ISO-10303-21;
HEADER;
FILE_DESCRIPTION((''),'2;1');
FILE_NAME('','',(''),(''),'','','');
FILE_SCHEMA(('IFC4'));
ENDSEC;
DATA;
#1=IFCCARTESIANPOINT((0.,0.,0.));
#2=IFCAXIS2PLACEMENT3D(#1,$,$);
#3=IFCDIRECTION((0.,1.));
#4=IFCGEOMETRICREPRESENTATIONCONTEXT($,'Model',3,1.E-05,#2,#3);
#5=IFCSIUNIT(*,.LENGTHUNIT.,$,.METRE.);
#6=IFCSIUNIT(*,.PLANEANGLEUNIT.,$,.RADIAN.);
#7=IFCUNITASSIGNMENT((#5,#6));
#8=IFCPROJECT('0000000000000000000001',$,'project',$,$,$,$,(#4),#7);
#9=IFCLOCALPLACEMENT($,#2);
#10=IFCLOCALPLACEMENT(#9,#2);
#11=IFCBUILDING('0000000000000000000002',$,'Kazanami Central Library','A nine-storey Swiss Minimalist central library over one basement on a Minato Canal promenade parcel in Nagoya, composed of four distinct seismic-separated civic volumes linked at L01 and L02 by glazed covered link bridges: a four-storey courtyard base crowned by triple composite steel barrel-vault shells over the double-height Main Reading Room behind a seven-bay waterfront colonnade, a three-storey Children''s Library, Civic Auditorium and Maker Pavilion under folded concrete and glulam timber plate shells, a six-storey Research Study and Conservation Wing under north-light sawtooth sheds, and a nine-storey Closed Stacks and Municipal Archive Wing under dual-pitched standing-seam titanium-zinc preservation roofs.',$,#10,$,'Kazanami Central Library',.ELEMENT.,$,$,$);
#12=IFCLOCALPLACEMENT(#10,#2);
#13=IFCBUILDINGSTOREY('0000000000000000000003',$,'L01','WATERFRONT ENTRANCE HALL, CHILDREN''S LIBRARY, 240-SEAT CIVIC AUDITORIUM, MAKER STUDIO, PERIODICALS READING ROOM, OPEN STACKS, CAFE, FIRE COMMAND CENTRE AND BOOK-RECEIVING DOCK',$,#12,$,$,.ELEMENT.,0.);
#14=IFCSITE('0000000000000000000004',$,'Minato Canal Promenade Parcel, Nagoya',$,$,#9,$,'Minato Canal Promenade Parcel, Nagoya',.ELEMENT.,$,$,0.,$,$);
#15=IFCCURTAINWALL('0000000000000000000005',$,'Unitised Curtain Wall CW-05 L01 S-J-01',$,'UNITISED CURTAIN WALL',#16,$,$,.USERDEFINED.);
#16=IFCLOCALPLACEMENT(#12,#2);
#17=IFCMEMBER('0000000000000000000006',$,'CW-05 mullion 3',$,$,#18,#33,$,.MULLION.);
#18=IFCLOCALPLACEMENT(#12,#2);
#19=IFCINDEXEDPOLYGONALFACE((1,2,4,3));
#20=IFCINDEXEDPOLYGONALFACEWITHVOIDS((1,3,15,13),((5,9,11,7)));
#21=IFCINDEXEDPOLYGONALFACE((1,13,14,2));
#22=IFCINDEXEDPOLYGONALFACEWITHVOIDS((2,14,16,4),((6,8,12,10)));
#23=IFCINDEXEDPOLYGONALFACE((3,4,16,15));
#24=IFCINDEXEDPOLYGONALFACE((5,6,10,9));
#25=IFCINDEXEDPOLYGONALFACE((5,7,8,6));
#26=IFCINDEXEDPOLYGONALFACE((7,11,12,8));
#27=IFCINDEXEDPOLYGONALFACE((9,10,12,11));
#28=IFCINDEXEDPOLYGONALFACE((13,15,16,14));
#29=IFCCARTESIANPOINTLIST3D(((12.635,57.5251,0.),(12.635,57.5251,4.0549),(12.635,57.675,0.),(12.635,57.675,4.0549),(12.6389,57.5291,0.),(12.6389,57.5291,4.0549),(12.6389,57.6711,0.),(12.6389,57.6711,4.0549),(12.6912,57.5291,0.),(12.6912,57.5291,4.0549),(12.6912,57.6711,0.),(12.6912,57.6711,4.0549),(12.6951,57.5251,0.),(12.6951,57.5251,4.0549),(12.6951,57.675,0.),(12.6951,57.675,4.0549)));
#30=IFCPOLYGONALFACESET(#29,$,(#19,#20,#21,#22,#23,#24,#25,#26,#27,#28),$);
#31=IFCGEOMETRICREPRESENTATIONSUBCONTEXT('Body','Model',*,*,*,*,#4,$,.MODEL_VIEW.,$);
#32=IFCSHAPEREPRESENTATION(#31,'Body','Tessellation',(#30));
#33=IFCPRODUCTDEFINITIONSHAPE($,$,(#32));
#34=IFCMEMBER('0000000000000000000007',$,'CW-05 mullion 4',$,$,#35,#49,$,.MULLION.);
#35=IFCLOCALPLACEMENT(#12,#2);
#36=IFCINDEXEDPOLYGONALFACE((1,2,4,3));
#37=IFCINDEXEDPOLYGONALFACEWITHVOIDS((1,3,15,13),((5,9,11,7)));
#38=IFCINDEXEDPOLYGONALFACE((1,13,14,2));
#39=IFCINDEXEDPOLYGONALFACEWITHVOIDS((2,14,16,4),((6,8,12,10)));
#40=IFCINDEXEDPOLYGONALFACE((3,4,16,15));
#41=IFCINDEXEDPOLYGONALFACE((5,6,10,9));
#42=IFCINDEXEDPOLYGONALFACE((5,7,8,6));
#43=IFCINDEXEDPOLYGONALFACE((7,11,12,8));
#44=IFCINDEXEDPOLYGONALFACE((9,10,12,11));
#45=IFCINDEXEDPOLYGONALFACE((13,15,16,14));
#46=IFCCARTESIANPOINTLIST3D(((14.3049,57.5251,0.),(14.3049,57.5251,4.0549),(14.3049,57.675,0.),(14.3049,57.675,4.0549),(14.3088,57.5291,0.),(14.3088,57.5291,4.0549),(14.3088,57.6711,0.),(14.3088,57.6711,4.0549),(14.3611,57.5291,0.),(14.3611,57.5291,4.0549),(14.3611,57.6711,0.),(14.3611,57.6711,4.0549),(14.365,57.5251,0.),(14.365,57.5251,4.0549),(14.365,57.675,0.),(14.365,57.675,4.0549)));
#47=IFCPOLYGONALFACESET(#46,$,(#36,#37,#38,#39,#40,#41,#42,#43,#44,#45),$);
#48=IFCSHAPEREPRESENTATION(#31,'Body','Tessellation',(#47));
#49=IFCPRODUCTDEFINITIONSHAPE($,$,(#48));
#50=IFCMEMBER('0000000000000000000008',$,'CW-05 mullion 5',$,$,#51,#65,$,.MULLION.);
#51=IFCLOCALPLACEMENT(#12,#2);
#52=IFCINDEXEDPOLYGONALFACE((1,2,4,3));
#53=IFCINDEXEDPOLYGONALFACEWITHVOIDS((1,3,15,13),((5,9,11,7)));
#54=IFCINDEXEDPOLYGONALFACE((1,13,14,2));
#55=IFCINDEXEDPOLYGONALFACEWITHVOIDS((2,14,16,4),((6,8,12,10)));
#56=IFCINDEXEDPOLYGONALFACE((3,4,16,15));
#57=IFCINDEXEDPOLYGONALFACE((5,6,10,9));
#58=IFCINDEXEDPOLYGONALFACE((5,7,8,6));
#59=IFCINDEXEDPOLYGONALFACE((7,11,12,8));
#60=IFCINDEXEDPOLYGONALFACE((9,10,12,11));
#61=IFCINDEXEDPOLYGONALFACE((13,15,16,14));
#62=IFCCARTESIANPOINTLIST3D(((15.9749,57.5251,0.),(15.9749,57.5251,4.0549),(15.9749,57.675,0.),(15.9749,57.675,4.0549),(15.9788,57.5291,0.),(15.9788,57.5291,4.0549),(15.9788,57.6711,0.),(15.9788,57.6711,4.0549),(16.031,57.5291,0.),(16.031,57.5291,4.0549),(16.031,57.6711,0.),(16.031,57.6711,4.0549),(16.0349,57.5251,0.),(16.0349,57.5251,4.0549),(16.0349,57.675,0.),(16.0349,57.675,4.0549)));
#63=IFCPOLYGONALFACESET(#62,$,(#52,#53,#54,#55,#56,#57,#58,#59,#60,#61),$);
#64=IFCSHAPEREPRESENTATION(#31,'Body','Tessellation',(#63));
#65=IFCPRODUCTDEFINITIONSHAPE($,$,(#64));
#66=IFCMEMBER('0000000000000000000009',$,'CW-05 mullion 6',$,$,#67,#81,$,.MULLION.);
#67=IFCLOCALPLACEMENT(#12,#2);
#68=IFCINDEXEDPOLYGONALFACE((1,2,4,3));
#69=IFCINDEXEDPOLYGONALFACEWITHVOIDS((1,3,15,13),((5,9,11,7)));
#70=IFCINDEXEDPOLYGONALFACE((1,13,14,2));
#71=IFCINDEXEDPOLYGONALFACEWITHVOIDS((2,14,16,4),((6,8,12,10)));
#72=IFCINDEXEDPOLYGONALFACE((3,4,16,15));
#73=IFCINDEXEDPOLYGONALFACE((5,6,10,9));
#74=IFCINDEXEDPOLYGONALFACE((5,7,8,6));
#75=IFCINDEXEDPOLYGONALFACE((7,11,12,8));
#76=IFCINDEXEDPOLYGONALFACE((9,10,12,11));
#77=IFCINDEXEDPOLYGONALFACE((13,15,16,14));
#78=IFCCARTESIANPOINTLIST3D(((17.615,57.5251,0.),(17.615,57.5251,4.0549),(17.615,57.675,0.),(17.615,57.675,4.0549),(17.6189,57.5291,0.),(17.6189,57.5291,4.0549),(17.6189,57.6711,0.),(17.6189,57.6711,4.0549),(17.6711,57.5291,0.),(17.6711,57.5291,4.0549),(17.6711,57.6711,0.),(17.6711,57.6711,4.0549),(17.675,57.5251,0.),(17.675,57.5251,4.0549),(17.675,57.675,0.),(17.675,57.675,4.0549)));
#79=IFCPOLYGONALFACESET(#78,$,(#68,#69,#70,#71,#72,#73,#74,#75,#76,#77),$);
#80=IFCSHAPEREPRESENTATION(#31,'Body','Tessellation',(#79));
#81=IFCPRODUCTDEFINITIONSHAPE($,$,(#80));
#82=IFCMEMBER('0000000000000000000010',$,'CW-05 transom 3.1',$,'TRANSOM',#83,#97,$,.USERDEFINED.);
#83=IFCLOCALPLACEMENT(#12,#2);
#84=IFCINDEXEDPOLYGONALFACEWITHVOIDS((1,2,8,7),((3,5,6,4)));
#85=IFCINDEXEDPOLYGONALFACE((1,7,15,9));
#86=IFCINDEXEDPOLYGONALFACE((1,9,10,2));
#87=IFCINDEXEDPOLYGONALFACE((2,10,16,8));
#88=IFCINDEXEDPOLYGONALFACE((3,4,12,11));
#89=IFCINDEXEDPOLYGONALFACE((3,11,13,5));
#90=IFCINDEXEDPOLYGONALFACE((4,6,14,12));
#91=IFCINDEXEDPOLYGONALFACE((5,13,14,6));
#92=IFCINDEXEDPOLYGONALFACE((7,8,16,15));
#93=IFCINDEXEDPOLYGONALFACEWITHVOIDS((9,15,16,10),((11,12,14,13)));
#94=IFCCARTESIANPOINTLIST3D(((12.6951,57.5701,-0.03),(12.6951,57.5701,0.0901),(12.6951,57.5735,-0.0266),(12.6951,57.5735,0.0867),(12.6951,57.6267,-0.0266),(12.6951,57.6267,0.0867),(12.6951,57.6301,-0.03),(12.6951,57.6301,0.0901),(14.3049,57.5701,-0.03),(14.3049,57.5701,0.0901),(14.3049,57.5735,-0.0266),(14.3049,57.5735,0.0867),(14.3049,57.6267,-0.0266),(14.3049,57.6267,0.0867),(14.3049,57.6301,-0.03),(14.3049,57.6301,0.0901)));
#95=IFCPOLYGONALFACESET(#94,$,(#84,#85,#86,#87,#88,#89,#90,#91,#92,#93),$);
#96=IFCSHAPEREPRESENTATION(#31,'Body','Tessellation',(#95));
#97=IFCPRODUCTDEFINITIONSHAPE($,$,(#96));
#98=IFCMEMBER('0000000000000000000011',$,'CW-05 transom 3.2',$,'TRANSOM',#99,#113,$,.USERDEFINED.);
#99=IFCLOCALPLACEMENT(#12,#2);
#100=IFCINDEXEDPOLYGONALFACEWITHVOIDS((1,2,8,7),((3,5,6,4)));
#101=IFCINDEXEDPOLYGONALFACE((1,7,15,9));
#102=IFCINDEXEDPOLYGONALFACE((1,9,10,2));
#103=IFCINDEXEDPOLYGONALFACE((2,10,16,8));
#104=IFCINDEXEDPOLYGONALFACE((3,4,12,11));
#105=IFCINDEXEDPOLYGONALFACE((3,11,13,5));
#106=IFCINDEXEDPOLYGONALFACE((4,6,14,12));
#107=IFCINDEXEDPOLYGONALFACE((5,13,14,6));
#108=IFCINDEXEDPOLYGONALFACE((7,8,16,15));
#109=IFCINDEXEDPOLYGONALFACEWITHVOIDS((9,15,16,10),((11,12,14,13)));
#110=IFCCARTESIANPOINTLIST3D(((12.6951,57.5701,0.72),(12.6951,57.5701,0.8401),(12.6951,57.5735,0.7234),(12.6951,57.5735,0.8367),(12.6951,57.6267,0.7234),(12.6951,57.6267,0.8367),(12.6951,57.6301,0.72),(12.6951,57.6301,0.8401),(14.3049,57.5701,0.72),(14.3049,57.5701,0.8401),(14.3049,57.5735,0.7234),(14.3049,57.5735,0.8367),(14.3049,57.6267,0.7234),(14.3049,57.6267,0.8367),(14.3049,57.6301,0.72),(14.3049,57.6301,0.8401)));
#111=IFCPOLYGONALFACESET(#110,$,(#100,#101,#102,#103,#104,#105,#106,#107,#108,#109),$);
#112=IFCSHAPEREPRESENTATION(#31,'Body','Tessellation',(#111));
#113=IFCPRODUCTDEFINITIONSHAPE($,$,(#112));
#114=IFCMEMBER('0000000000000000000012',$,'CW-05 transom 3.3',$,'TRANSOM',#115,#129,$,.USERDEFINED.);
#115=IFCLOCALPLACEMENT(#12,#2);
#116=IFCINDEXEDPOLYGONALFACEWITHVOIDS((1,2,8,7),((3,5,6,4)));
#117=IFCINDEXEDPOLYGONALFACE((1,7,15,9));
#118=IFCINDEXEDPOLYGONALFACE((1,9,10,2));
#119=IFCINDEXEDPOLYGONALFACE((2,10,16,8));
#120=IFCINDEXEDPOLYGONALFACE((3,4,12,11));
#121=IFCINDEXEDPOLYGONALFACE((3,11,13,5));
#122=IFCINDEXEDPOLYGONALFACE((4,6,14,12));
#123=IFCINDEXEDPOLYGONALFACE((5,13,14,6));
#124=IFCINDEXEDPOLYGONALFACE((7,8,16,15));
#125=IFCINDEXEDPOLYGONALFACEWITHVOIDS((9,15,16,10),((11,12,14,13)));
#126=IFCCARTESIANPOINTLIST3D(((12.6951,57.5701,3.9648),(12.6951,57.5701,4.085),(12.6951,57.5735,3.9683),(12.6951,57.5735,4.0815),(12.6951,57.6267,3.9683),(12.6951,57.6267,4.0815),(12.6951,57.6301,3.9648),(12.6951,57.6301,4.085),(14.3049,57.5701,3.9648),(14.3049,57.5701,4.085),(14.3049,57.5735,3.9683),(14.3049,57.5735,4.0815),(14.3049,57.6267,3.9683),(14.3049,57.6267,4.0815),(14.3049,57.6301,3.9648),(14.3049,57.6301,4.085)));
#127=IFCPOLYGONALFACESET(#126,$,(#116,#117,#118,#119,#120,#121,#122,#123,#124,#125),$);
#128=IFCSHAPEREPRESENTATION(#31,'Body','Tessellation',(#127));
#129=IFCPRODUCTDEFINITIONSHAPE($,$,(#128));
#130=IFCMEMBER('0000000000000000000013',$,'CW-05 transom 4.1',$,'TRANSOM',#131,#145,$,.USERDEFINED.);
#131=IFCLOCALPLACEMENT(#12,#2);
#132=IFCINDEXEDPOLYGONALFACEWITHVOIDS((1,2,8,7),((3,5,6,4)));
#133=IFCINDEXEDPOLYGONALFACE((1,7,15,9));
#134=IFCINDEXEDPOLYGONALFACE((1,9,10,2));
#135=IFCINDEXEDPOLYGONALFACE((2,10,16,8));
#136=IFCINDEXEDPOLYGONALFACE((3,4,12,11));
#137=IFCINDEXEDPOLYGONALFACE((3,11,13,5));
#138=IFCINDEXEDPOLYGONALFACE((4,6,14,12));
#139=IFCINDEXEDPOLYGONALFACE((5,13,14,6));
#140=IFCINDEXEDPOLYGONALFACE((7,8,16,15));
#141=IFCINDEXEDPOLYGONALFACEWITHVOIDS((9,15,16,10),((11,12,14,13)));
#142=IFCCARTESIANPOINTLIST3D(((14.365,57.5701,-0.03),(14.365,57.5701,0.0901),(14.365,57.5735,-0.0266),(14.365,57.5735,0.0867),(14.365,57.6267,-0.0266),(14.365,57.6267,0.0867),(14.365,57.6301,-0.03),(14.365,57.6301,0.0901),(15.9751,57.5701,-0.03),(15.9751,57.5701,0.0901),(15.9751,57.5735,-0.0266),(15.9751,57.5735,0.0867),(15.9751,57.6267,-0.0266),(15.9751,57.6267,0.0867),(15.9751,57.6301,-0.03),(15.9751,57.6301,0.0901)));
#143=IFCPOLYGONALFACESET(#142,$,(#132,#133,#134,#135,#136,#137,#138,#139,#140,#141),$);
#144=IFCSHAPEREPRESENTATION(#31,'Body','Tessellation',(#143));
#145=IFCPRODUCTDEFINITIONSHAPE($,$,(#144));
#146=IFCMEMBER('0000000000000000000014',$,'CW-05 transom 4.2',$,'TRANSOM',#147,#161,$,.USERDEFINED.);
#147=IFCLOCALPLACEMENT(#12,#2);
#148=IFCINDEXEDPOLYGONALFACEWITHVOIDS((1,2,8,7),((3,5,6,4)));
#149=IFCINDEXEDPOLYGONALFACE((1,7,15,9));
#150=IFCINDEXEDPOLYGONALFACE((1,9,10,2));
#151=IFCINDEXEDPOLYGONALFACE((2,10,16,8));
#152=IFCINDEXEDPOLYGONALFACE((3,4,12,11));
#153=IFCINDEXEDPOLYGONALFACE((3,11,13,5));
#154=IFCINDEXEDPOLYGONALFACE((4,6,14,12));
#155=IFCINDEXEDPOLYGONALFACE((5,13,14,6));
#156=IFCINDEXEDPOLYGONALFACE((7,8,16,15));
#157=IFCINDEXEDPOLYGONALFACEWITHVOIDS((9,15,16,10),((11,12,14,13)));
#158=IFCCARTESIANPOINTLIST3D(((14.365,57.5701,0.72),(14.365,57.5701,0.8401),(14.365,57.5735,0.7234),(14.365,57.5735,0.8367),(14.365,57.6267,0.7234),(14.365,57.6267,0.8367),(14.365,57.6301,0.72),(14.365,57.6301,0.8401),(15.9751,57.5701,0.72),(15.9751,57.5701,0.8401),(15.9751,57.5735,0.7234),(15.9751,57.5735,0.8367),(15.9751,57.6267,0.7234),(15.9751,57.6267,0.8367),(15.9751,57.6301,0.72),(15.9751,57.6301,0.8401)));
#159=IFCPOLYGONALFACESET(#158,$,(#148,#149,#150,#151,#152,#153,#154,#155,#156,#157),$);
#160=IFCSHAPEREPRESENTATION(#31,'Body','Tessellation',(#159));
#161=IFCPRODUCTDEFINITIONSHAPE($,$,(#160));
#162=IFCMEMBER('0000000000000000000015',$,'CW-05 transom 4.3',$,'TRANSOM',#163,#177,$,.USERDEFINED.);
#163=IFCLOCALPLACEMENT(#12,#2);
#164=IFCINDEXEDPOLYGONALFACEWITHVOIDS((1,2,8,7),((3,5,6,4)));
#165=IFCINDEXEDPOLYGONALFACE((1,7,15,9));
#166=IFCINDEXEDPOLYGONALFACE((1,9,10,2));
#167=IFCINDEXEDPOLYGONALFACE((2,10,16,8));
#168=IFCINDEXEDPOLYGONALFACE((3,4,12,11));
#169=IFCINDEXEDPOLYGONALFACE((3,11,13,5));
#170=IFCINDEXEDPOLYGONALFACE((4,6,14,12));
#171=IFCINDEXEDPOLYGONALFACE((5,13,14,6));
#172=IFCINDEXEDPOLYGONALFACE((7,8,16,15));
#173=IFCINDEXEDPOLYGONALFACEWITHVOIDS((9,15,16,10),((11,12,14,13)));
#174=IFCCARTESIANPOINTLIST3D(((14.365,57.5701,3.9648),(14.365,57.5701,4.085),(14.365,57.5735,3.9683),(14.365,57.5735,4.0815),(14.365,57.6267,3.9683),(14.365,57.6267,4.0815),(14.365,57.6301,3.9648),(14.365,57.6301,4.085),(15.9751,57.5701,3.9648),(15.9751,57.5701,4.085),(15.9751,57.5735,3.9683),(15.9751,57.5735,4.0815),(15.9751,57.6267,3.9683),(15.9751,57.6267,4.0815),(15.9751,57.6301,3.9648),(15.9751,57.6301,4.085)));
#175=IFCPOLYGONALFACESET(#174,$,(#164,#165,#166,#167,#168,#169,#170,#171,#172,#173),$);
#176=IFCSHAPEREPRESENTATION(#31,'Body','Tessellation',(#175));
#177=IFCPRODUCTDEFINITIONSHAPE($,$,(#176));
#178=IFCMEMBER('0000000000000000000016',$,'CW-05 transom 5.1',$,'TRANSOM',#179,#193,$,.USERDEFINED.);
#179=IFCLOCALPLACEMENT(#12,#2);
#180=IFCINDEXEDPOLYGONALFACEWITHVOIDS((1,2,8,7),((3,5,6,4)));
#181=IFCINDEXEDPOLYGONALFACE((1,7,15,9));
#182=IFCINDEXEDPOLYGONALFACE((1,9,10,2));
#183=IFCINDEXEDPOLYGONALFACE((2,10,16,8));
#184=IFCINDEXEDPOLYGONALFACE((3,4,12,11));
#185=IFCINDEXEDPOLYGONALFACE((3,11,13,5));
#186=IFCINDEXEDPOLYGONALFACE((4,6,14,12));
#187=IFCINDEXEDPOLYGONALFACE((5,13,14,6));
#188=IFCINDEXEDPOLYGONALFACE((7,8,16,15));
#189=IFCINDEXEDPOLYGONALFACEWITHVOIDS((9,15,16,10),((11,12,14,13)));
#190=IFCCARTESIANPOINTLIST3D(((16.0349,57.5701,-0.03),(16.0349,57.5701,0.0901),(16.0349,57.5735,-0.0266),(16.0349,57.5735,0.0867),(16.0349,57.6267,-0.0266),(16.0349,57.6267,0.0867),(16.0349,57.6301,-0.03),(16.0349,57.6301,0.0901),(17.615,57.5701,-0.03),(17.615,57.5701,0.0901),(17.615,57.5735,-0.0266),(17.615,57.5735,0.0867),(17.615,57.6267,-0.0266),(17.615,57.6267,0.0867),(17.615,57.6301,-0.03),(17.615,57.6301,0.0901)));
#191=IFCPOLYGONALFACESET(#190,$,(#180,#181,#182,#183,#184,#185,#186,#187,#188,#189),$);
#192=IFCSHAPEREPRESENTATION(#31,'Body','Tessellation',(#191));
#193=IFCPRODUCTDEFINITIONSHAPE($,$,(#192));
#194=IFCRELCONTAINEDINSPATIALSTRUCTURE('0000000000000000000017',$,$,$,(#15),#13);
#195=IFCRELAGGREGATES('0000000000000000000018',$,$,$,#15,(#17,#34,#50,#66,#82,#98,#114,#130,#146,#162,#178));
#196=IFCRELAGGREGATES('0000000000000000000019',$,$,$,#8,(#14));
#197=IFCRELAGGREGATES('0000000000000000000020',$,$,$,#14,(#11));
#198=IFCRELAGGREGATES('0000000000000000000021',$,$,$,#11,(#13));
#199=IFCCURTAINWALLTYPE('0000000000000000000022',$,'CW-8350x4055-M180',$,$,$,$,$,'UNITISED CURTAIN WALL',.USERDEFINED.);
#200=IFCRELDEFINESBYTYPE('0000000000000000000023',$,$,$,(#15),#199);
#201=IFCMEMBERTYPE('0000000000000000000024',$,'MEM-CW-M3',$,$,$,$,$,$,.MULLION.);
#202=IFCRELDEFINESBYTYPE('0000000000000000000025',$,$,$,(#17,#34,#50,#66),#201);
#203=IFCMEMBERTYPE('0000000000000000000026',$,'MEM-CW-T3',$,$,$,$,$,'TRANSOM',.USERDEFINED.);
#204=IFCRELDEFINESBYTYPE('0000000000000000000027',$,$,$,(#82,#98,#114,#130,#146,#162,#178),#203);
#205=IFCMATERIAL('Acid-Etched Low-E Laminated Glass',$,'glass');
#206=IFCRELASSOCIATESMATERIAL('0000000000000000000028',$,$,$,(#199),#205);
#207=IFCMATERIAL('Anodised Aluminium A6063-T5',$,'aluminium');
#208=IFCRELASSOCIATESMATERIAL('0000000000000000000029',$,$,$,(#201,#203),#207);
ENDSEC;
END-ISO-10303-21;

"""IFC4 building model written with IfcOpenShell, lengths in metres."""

from ifc_helpers import new_model, si_unit, direction, frame, origin, origin_2d, place, context, subcontext, project, spatial, hollow_rectangle, extrude, material, material_profile, profile_set, type_object, element, aggregate, save


model = new_model("IFC4")

# Units and contexts
model_context = context("Model", 3, precision=1e-05, world=origin(), true_north=direction((0.0, 1.0)))
body_context = subcontext(model_context, "Body", "Model", "MODEL_VIEW")
ifc_project = project(units=[si_unit("LENGTHUNIT", "METRE"), si_unit("PLANEANGLEUNIT", "RADIAN")], contexts=[model_context])

# Site, building, storey
site_placement = place(None, origin())
site = spatial("IfcSite", under=ifc_project, at=site_placement, Name="Minato Canal Promenade Parcel, Nagoya", LongName="Minato Canal Promenade Parcel, Nagoya", CompositionType="ELEMENT", RefElevation=0.0)
building_placement = place(site_placement, origin())
building = spatial("IfcBuilding", under=site, at=building_placement, Name="Kazanami Central Library", Description="A nine-storey Swiss Minimalist central library over one basement on a Minato Canal promenade parcel in Nagoya, composed of four distinct seismic-separated civic volumes linked at L01 and L02 by glazed covered link bridges: a four-storey courtyard base crowned by triple composite steel barrel-vault shells over the double-height Main Reading Room behind a seven-bay waterfront colonnade, a three-storey Children's Library, Civic Auditorium and Maker Pavilion under folded concrete and glulam timber plate shells, a six-storey Research Study and Conservation Wing under north-light sawtooth sheds, and a nine-storey Closed Stacks and Municipal Archive Wing under dual-pitched standing-seam titanium-zinc preservation roofs.", LongName="Kazanami Central Library", CompositionType="ELEMENT")
storey_placement = place(building_placement, origin())
storey = spatial("IfcBuildingStorey", under=building, at=storey_placement, Name="L01", Description="WATERFRONT ENTRANCE HALL, CHILDREN'S LIBRARY, 240-SEAT CIVIC AUDITORIUM, MAKER STUDIO, PERIODICALS READING ROOM, OPEN STACKS, CAFE, FIRE COMMAND CENTRE AND BOOK-RECEIVING DOCK", CompositionType="ELEMENT", Elevation=0.0)

# Curtain wall, members
ifc_material_1 = material(Name="Acid-Etched Low-E Laminated Glass", Category="glass")
curtain_wall_type = type_object("IfcCurtainWallType", Name="CW-8350x4055-M180", ElementType="UNITISED CURTAIN WALL", PredefinedType="USERDEFINED", material=ifc_material_1)
curtain_wall_placement = place(storey_placement, origin())
curtain_wall = element("IfcCurtainWall", 1, at=curtain_wall_placement, inside=storey, type_object=curtain_wall_type, Name="Unitised Curtain Wall CW-05 L01 S-J-01", ObjectType="UNITISED CURTAIN WALL", PredefinedType="USERDEFINED")
ifc_material_2 = material(Name="Anodised Aluminium A6063-T5", Category="aluminium")
ifc_material_profile_1 = material_profile(ifc_material_2, hollow_rectangle(XDim=0.0601, YDim=0.1499, WallThickness=0.0039, at=origin_2d()), Name="ALU-MULL-60x150x4")
ifc_profile_set_1 = profile_set([ifc_material_profile_1], Name="Anodised Aluminium A6063-T5")
member_type_1 = type_object("IfcMemberType", Name="MEM-CW-M3", PredefinedType="MULLION", material=ifc_profile_set_1)
member_1_placement = place(storey_placement, frame((12.665, 57.6001, 0.0), z_axis=(0.0, 0.0, 1.0), x_axis=(1.0, 0.0, 0.0)))
member_1 = element("IfcMember", 2, at=member_1_placement, type_object=member_type_1, Name="CW-05 mullion 3", PredefinedType="MULLION", context=body_context, shape_type="SweptSolid", body=[
    extrude(hollow_rectangle(XDim=0.0601, YDim=0.1499, WallThickness=0.0039, at=origin_2d()), origin(), (0.0, 0.0, 1.0), 4.0549),
])
member_2_placement = place(storey_placement, frame((14.335, 57.6001, 0.0), z_axis=(0.0, 0.0, 1.0), x_axis=(1.0, 0.0, 0.0)))
member_2 = element("IfcMember", 3, at=member_2_placement, type_object=member_type_1, Name="CW-05 mullion 4", PredefinedType="MULLION", context=body_context, shape_type="SweptSolid", body=[
    extrude(hollow_rectangle(XDim=0.0601, YDim=0.1499, WallThickness=0.0039, at=origin_2d()), origin(), (0.0, 0.0, 1.0), 4.0549),
])
member_3_placement = place(storey_placement, frame((16.0049, 57.6001, 0.0), z_axis=(0.0, 0.0, 1.0), x_axis=(1.0, 0.0, 0.0)))
member_3 = element("IfcMember", 4, at=member_3_placement, type_object=member_type_1, Name="CW-05 mullion 5", PredefinedType="MULLION", context=body_context, shape_type="SweptSolid", body=[
    extrude(hollow_rectangle(XDim=0.0601, YDim=0.1499, WallThickness=0.0039, at=origin_2d()), origin(), (0.0, 0.0, 1.0), 4.0549),
])
member_4_placement = place(storey_placement, frame((17.645, 57.6001, 0.0), z_axis=(0.0, 0.0, 1.0), x_axis=(1.0, 0.0, 0.0)))
member_4 = element("IfcMember", 5, at=member_4_placement, type_object=member_type_1, Name="CW-05 mullion 6", PredefinedType="MULLION", context=body_context, shape_type="SweptSolid", body=[
    extrude(hollow_rectangle(XDim=0.0601, YDim=0.1499, WallThickness=0.0039, at=origin_2d()), origin(), (0.0, 0.0, 1.0), 4.0549),
])
ifc_material_profile_2 = material_profile(ifc_material_2, hollow_rectangle(XDim=0.0601, YDim=0.1201, WallThickness=0.0034, at=origin_2d()), Name="ALU-TRAN-60x120x3.5")
ifc_profile_set_2 = profile_set([ifc_material_profile_2], Name="Anodised Aluminium A6063-T5")
member_type_2 = type_object("IfcMemberType", Name="MEM-CW-T3", ElementType="TRANSOM", PredefinedType="USERDEFINED", material=ifc_profile_set_2)
member_5_placement = place(storey_placement, frame((12.6951, 57.6001, 0.03), z_axis=(1.0, 0.0, 0.0), x_axis=(0.0, 1.0, 0.0)))
member_5 = element("IfcMember", 6, at=member_5_placement, type_object=member_type_2, Name="CW-05 transom 3.1", ObjectType="TRANSOM", PredefinedType="USERDEFINED", context=body_context, shape_type="SweptSolid", body=[
    extrude(hollow_rectangle(XDim=0.0601, YDim=0.1201, WallThickness=0.0034, at=origin_2d()), origin(), (0.0, 0.0, 1.0), 1.6099),
])
member_6_placement = place(storey_placement, frame((12.6951, 57.6001, 0.78), z_axis=(1.0, 0.0, 0.0), x_axis=(0.0, 1.0, 0.0)))
member_6 = element("IfcMember", 7, at=member_6_placement, type_object=member_type_2, Name="CW-05 transom 3.2", ObjectType="TRANSOM", PredefinedType="USERDEFINED", context=body_context, shape_type="SweptSolid", body=[
    extrude(hollow_rectangle(XDim=0.0601, YDim=0.1201, WallThickness=0.0034, at=origin_2d()), origin(), (0.0, 0.0, 1.0), 1.6099),
])
member_7_placement = place(storey_placement, frame((12.6951, 57.6001, 4.0249), z_axis=(1.0, 0.0, 0.0), x_axis=(0.0, 1.0, 0.0)))
member_7 = element("IfcMember", 8, at=member_7_placement, type_object=member_type_2, Name="CW-05 transom 3.3", ObjectType="TRANSOM", PredefinedType="USERDEFINED", context=body_context, shape_type="SweptSolid", body=[
    extrude(hollow_rectangle(XDim=0.0601, YDim=0.1201, WallThickness=0.0034, at=origin_2d()), origin(), (0.0, 0.0, 1.0), 1.6099),
])
member_8_placement = place(storey_placement, frame((14.365, 57.6001, 0.03), z_axis=(1.0, 0.0, 0.0), x_axis=(0.0, 1.0, 0.0)))
member_8 = element("IfcMember", 9, at=member_8_placement, type_object=member_type_2, Name="CW-05 transom 4.1", ObjectType="TRANSOM", PredefinedType="USERDEFINED", context=body_context, shape_type="SweptSolid", body=[
    extrude(hollow_rectangle(XDim=0.0601, YDim=0.1201, WallThickness=0.0034, at=origin_2d()), origin(), (0.0, 0.0, 1.0), 1.6101),
])
member_9_placement = place(storey_placement, frame((14.365, 57.6001, 0.78), z_axis=(1.0, 0.0, 0.0), x_axis=(0.0, 1.0, 0.0)))
member_9 = element("IfcMember", 10, at=member_9_placement, type_object=member_type_2, Name="CW-05 transom 4.2", ObjectType="TRANSOM", PredefinedType="USERDEFINED", context=body_context, shape_type="SweptSolid", body=[
    extrude(hollow_rectangle(XDim=0.0601, YDim=0.1201, WallThickness=0.0034, at=origin_2d()), origin(), (0.0, 0.0, 1.0), 1.6101),
])
member_10_placement = place(storey_placement, frame((14.365, 57.6001, 4.0249), z_axis=(1.0, 0.0, 0.0), x_axis=(0.0, 1.0, 0.0)))
member_10 = element("IfcMember", 11, at=member_10_placement, type_object=member_type_2, Name="CW-05 transom 4.3", ObjectType="TRANSOM", PredefinedType="USERDEFINED", context=body_context, shape_type="SweptSolid", body=[
    extrude(hollow_rectangle(XDim=0.0601, YDim=0.1201, WallThickness=0.0034, at=origin_2d()), origin(), (0.0, 0.0, 1.0), 1.6101),
])
member_11_placement = place(storey_placement, frame((16.0349, 57.6001, 0.03), z_axis=(1.0, 0.0, 0.0), x_axis=(0.0, 1.0, 0.0)))
member_11 = element("IfcMember", 12, at=member_11_placement, type_object=member_type_2, Name="CW-05 transom 5.1", ObjectType="TRANSOM", PredefinedType="USERDEFINED", context=body_context, shape_type="SweptSolid", body=[
    extrude(hollow_rectangle(XDim=0.0601, YDim=0.1201, WallThickness=0.0034, at=origin_2d()), origin(), (0.0, 0.0, 1.0), 1.5801),
])
aggregate(curtain_wall, [member_1, member_2, member_3, member_4, member_5, member_6, member_7, member_8, member_9, member_10, member_11])

save(model, "model.ifc")
